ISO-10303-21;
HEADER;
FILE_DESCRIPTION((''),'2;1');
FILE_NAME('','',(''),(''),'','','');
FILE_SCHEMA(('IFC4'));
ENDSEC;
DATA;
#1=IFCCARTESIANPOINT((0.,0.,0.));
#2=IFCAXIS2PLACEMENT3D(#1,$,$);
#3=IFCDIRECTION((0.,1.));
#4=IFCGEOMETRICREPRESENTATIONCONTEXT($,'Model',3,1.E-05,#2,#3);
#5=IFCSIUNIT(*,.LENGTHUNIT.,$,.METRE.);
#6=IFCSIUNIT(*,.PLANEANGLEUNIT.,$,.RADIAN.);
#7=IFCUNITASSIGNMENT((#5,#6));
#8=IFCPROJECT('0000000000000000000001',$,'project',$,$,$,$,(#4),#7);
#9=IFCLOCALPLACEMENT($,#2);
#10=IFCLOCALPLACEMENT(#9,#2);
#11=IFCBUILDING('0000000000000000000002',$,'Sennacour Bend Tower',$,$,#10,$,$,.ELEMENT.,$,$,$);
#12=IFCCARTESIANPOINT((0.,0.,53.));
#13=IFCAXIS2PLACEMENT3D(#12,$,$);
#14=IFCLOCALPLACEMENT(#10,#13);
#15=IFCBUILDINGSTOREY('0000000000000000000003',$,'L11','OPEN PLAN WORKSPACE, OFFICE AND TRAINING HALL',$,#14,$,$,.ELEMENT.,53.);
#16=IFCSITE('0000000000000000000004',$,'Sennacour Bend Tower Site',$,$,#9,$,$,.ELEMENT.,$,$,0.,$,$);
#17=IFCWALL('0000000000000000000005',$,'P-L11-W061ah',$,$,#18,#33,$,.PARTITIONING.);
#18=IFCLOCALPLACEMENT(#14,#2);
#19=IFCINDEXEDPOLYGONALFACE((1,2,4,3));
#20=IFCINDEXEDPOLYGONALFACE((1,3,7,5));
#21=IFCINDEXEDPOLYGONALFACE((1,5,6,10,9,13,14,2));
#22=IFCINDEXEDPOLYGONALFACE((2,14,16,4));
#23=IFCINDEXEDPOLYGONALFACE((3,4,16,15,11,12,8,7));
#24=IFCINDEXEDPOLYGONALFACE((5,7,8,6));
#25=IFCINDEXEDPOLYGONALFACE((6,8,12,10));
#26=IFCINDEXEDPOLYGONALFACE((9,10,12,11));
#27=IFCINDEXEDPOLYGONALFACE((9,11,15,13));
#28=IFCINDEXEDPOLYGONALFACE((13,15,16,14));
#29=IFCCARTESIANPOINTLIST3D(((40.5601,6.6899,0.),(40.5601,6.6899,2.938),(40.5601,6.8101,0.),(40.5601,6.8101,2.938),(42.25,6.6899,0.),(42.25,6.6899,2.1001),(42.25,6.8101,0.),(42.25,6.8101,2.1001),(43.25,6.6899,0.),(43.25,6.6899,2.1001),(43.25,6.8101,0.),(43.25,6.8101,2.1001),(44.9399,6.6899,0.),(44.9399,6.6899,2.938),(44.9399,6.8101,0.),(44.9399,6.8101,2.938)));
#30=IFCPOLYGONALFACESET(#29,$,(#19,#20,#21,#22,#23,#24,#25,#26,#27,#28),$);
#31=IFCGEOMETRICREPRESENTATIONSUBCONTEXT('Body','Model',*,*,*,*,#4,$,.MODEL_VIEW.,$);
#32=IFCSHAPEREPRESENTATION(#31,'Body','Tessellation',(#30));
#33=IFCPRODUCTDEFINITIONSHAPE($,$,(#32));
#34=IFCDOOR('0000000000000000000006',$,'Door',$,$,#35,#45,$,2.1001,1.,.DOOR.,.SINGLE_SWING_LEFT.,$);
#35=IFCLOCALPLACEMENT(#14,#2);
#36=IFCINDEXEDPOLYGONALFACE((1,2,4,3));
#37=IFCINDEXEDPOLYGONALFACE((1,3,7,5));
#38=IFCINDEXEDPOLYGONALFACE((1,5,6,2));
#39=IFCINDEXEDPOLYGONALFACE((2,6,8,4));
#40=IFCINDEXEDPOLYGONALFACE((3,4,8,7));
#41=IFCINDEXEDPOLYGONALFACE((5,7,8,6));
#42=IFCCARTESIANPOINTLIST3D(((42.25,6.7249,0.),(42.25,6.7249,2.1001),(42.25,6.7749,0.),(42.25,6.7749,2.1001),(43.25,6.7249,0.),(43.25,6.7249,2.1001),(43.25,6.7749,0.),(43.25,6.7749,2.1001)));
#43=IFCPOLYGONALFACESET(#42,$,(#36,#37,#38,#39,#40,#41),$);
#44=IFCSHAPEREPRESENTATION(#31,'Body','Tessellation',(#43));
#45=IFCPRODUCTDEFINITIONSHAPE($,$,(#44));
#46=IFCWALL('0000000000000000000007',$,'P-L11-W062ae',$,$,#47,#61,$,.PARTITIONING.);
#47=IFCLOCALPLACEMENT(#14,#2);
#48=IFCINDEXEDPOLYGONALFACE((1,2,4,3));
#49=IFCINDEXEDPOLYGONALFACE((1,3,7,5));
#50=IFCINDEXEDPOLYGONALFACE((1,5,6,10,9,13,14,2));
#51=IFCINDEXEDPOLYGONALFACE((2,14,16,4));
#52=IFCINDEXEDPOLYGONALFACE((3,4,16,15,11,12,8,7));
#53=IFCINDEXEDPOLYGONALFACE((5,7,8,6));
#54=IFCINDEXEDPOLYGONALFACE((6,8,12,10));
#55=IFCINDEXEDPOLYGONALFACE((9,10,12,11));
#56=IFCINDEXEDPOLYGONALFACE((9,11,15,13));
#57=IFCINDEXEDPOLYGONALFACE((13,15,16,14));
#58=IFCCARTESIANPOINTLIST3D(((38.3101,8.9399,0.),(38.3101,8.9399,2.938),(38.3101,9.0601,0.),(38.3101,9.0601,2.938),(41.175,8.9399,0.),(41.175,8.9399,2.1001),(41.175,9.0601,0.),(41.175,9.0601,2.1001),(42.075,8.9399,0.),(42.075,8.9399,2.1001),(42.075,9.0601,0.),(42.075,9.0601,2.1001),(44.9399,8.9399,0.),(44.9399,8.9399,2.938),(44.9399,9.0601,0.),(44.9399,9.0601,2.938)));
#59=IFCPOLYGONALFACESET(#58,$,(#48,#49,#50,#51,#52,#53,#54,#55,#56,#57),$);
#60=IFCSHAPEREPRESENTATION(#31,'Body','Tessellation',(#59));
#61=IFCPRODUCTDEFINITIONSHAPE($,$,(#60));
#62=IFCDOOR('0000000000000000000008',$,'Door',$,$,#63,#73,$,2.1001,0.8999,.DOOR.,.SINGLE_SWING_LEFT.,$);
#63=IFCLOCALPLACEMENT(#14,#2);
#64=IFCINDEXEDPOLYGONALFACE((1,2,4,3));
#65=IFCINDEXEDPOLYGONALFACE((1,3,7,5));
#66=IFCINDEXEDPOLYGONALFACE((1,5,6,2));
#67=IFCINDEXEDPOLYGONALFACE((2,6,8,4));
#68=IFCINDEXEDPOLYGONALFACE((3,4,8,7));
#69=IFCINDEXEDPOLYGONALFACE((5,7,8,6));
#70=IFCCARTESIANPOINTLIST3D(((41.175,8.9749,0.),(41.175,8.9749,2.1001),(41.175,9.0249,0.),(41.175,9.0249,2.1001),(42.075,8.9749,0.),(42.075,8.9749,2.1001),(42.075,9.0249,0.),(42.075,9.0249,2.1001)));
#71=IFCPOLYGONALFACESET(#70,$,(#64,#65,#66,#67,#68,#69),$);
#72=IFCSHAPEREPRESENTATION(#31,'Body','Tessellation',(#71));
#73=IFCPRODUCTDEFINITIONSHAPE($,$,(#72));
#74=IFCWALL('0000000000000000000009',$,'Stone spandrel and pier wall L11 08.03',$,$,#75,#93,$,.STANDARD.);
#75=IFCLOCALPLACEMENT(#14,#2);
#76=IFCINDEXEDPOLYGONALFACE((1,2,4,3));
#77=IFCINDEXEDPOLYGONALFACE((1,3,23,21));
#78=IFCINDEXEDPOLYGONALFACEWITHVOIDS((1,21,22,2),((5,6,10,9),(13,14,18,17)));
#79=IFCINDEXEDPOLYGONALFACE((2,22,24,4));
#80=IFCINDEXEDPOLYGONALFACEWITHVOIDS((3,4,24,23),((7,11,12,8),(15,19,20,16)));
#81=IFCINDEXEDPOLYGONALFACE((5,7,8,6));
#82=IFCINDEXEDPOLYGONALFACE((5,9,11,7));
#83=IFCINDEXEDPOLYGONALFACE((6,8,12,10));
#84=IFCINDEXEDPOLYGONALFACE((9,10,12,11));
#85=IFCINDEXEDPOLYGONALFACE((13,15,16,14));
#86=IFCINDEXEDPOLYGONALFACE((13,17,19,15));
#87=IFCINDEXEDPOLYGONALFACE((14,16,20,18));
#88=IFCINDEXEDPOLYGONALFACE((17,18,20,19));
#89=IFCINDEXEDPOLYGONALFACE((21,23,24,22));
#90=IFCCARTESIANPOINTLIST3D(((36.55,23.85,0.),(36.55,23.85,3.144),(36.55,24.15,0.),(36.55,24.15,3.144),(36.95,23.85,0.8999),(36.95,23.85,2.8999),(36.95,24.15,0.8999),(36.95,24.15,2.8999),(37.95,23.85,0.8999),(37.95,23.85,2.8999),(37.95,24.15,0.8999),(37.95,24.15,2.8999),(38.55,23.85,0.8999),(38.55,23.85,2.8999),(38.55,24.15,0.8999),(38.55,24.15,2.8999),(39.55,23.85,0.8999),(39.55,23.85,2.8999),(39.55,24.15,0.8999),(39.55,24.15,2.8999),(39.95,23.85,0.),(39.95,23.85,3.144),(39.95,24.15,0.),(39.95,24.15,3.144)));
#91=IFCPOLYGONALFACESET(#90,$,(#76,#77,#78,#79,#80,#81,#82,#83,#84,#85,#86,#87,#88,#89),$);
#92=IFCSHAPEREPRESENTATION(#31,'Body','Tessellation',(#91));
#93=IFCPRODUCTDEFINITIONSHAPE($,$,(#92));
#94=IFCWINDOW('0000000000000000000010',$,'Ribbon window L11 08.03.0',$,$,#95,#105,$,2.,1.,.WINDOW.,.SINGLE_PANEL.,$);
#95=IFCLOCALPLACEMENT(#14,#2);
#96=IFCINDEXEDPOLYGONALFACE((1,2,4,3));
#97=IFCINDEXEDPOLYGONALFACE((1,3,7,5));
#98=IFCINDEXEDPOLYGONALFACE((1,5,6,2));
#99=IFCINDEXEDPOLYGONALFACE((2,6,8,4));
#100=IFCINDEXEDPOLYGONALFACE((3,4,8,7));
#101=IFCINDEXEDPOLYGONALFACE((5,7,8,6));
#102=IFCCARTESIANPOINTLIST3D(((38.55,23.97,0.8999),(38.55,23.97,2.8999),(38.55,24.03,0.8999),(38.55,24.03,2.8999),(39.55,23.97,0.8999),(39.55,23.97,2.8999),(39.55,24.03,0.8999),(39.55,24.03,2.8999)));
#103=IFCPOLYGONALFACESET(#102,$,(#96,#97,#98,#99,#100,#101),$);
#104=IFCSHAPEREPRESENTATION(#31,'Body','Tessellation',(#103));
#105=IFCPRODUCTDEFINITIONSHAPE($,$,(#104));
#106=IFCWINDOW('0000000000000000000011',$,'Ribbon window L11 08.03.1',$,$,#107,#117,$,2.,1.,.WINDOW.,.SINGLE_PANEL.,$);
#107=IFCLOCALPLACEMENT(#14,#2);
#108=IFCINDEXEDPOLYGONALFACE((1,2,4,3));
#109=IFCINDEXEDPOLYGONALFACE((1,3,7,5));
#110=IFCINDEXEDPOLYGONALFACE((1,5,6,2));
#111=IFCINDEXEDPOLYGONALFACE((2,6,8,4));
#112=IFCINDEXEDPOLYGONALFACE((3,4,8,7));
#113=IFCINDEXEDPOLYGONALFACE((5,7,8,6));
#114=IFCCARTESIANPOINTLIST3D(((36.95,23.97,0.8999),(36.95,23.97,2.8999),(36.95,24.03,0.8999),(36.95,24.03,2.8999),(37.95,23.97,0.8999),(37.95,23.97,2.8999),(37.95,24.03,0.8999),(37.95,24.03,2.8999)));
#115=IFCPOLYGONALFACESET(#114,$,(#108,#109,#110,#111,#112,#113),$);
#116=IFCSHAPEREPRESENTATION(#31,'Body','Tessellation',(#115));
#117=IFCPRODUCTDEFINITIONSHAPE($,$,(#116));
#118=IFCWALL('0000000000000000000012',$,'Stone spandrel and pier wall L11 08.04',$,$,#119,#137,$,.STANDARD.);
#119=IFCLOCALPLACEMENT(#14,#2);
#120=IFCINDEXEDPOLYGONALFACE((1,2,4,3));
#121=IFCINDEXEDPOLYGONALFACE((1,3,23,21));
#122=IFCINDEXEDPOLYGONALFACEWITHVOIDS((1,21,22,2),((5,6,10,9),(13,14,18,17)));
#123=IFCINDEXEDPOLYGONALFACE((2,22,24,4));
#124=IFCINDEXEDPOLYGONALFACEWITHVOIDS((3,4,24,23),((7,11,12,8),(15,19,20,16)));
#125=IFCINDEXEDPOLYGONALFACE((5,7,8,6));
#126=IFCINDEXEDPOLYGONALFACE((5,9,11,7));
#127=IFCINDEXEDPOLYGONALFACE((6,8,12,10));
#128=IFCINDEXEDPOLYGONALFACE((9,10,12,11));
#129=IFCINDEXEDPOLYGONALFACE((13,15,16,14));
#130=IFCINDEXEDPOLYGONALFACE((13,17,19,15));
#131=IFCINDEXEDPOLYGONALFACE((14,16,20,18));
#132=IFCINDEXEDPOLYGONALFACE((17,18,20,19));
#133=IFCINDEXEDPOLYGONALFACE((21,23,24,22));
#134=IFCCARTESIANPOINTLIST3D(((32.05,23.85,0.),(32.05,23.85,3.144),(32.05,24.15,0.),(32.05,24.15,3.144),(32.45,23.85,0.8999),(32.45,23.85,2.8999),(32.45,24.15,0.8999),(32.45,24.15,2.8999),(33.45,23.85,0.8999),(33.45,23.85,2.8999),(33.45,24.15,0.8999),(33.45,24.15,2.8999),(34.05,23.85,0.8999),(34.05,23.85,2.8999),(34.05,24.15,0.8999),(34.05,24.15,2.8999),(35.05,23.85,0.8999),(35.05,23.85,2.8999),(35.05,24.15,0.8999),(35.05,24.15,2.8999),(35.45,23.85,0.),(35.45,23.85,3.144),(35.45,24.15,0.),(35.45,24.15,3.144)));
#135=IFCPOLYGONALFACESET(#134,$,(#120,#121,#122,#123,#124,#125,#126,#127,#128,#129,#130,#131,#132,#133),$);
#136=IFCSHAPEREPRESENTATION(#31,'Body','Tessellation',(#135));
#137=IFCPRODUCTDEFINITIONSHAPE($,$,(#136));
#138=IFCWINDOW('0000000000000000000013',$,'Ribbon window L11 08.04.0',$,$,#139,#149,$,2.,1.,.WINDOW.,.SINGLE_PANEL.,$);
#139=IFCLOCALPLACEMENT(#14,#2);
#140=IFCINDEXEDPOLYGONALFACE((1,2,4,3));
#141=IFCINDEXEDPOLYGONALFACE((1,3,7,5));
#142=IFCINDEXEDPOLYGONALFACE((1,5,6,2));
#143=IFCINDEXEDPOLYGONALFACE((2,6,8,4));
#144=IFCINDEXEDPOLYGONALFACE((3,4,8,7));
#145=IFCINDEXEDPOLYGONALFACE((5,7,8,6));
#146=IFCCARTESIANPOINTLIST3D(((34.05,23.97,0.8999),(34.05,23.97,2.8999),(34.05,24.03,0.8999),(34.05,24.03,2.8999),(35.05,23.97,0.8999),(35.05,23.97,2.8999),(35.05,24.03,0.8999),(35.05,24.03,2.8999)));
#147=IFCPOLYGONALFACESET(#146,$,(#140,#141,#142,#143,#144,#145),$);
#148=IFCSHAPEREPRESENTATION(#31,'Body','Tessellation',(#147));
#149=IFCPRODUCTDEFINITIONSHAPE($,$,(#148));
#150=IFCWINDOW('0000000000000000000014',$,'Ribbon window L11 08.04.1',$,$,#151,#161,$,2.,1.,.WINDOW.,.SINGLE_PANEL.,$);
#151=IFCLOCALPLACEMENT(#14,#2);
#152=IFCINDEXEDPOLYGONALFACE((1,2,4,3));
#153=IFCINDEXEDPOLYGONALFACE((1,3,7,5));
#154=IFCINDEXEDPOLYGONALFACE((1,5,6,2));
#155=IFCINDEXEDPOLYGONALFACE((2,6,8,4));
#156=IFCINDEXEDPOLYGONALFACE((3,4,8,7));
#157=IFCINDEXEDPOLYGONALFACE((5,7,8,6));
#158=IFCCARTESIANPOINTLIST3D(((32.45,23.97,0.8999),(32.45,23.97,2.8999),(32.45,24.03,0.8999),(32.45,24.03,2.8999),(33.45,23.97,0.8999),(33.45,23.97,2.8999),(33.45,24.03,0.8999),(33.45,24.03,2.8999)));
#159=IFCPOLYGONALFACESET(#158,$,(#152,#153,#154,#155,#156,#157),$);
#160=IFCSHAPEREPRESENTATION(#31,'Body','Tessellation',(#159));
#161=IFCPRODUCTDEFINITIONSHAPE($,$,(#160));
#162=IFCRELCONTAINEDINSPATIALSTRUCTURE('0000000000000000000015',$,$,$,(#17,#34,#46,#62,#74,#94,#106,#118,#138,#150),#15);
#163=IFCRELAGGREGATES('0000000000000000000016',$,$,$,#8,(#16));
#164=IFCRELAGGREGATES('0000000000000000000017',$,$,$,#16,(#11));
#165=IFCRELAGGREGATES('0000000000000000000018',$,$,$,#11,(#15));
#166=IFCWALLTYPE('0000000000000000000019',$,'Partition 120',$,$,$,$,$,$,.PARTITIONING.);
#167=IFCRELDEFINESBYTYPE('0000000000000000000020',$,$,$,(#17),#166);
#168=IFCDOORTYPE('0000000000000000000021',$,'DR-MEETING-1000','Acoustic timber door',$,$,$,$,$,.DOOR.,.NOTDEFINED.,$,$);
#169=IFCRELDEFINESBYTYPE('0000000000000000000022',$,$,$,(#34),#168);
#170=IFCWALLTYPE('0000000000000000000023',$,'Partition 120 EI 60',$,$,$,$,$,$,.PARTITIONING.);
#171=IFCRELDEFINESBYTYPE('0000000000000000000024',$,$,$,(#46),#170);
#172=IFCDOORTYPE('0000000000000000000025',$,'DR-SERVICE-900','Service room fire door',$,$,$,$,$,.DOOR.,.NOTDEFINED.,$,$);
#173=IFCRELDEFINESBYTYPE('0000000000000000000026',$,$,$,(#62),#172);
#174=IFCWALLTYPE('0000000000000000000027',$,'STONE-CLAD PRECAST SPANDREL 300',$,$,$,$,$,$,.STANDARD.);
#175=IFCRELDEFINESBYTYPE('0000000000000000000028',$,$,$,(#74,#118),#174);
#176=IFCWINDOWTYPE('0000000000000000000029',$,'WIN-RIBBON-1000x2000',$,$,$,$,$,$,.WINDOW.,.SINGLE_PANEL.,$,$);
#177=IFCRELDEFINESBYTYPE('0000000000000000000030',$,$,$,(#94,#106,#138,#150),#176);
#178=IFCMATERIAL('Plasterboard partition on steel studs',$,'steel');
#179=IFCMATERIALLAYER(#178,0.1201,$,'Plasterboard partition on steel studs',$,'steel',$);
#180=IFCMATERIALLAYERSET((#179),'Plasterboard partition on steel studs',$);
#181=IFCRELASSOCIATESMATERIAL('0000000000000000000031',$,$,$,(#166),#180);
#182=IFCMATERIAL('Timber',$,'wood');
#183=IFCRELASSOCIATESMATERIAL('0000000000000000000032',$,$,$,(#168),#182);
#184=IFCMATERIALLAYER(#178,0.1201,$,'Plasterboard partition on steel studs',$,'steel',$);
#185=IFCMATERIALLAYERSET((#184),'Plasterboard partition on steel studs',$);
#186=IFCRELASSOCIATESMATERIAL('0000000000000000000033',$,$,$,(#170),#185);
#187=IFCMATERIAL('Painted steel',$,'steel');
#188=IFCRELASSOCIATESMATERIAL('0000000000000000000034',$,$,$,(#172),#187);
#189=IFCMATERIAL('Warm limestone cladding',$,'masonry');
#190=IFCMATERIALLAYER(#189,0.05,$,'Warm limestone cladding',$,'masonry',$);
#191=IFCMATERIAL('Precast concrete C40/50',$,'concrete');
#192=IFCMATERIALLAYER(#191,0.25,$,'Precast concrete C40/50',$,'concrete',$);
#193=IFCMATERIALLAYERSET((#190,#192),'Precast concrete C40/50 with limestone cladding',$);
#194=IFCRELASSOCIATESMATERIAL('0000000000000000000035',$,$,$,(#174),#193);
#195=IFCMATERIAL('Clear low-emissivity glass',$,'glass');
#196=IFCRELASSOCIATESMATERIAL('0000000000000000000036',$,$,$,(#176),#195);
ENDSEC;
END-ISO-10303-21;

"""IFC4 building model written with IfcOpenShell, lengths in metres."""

from ifc_helpers import new_model, si_unit, direction, frame, frame_2d, origin, place, context, subcontext, project, spatial, rectangle, extrude, material, layer, layer_set, type_object, element, fill, save


model = new_model("IFC4")

# Units and contexts
model_context = context("Model", 3, precision=1e-05, world=origin(), true_north=direction((0.0, 1.0)))
body_context = subcontext(model_context, "Body", "Model", "MODEL_VIEW")
ifc_project = project(units=[si_unit("LENGTHUNIT", "METRE"), si_unit("PLANEANGLEUNIT", "RADIAN")], contexts=[model_context])

# Site, building, storey
site_placement = place(None, origin())
site = spatial("IfcSite", under=ifc_project, at=site_placement, Name="Sennacour Bend Tower Site", CompositionType="ELEMENT", RefElevation=0.0)
building_placement = place(site_placement, origin())
building = spatial("IfcBuilding", under=site, at=building_placement, Name="Sennacour Bend Tower", CompositionType="ELEMENT")
storey_placement = place(building_placement, frame((0.0, 0.0, 53.0)))
storey = spatial("IfcBuildingStorey", under=building, at=storey_placement, Name="L11", Description="OPEN PLAN WORKSPACE, OFFICE AND TRAINING HALL", CompositionType="ELEMENT", Elevation=53.0)

# Shared definitions
ifc_material_1 = material(Name="Plasterboard partition on steel studs", Category="steel")
ifc_layer_1 = layer(ifc_material_1, 0.1201, Name="Plasterboard partition on steel studs", Category="steel")
ifc_layer_set_1 = layer_set([ifc_layer_1], Name="Plasterboard partition on steel studs")
wall_type_1 = type_object("IfcWallType", Name="Partition 120", PredefinedType="PARTITIONING", material=ifc_layer_set_1)

# Walls, openings, doors
ifc_material_2 = material(Name="Timber", Category="wood")
wall_1_placement = place(storey_placement, frame((40.5601, 6.75, 0.0), z_axis=(0.0, 0.0, 1.0), x_axis=(1.0, 0.0, 0.0)))
wall_1 = element("IfcWall", 1, at=wall_1_placement, inside=storey, type_object=wall_type_1, Name="P-L11-W061ah", PredefinedType="PARTITIONING", context=body_context, shape_type="SweptSolid", body=[
    extrude(rectangle(XDim=4.3799, YDim=0.1201, at=frame_2d((2.1899, 0.0))), origin(), (0.0, 0.0, 1.0), 2.938),
])
opening_1_placement = place(wall_1_placement, frame((1.6899, 0.0, 0.0)))
opening_1 = element("IfcOpeningElement", 2, at=opening_1_placement, cuts=wall_1, PredefinedType="OPENING", context=body_context, shape_type="SweptSolid", body=[
    extrude(rectangle(XDim=1.0, YDim=2.1001, at=frame_2d((0.5, 1.05))), frame((0.0, 0.0701, 0.0), z_axis=(0.0, -1.0, 0.0), x_axis=(1.0, 0.0, 0.0)), (0.0, 0.0, 1.0), 0.1401),
])
door_type_1 = type_object("IfcDoorType", Name="DR-MEETING-1000", Description="Acoustic timber door", OperationType="NOTDEFINED", PredefinedType="DOOR", material=ifc_material_2)
door_1_placement = place(opening_1_placement, origin())
door_1 = element("IfcDoor", 3, at=door_1_placement, inside=storey, type_object=door_type_1, Name="Door", OperationType="SINGLE_SWING_LEFT", OverallHeight=2.1001, OverallWidth=1.0, PredefinedType="DOOR", context=body_context, shape_type="SweptSolid", body=[
    extrude(rectangle(XDim=1.0, YDim=2.1001, at=frame_2d((0.5, 1.05))), frame((0.0, 0.0249, 0.0), z_axis=(0.0, -1.0, 0.0), x_axis=(1.0, 0.0, 0.0)), (0.0, 0.0, 1.0), 0.05),
])
fill(opening_1, door_1)
ifc_layer_2 = layer(ifc_material_1, 0.1201, Name="Plasterboard partition on steel studs", Category="steel")
ifc_layer_set_2 = layer_set([ifc_layer_2], Name="Plasterboard partition on steel studs")
wall_type_2 = type_object("IfcWallType", Name="Partition 120 EI 60", PredefinedType="PARTITIONING", material=ifc_layer_set_2)
wall_2_placement = place(storey_placement, frame((38.3101, 9.0, 0.0), z_axis=(0.0, 0.0, 1.0), x_axis=(1.0, 0.0, 0.0)))
wall_2 = element("IfcWall", 4, at=wall_2_placement, inside=storey, type_object=wall_type_2, Name="P-L11-W062ae", PredefinedType="PARTITIONING", context=body_context, shape_type="SweptSolid", body=[
    extrude(rectangle(XDim=6.6299, YDim=0.1201, at=frame_2d((3.3149, 0.0))), origin(), (0.0, 0.0, 1.0), 2.938),
])
opening_2_placement = place(wall_2_placement, frame((2.865, 0.0, 0.0)))
opening_2 = element("IfcOpeningElement", 5, at=opening_2_placement, cuts=wall_2, PredefinedType="OPENING", context=body_context, shape_type="SweptSolid", body=[
    extrude(rectangle(XDim=0.8999, YDim=2.1001, at=frame_2d((0.45, 1.05))), frame((0.0, 0.0701, 0.0), z_axis=(0.0, -1.0, 0.0), x_axis=(1.0, 0.0, 0.0)), (0.0, 0.0, 1.0), 0.1401),
])
ifc_material_3 = material(Name="Painted steel", Category="steel")
door_type_2 = type_object("IfcDoorType", Name="DR-SERVICE-900", Description="Service room fire door", OperationType="NOTDEFINED", PredefinedType="DOOR", material=ifc_material_3)
door_2_placement = place(opening_2_placement, origin())
door_2 = element("IfcDoor", 6, at=door_2_placement, inside=storey, type_object=door_type_2, Name="Door", OperationType="SINGLE_SWING_LEFT", OverallHeight=2.1001, OverallWidth=0.8999, PredefinedType="DOOR", context=body_context, shape_type="SweptSolid", body=[
    extrude(rectangle(XDim=0.8999, YDim=2.1001, at=frame_2d((0.45, 1.05))), frame((0.0, 0.0249, 0.0), z_axis=(0.0, -1.0, 0.0), x_axis=(1.0, 0.0, 0.0)), (0.0, 0.0, 1.0), 0.05),
])
fill(opening_2, door_2)

# Walls, openings, windows
ifc_material_4 = material(Name="Warm limestone cladding", Category="masonry")
ifc_layer_3 = layer(ifc_material_4, 0.05, Name="Warm limestone cladding", Category="masonry")
ifc_material_5 = material(Name="Precast concrete C40/50", Category="concrete")
ifc_layer_4 = layer(ifc_material_5, 0.25, Name="Precast concrete C40/50", Category="concrete")
ifc_layer_set_3 = layer_set([ifc_layer_3, ifc_layer_4], Name="Precast concrete C40/50 with limestone cladding")
wall_type_3 = type_object("IfcWallType", Name="STONE-CLAD PRECAST SPANDREL 300", PredefinedType="STANDARD", material=ifc_layer_set_3)
wall_3_placement = place(storey_placement, frame((39.95, 24.0, 0.0), z_axis=(0.0, 0.0, 1.0), x_axis=(-1.0, 0.0, 0.0)))
wall_3 = element("IfcWall", 7, at=wall_3_placement, inside=storey, type_object=wall_type_3, Name="Stone spandrel and pier wall L11 08.03", PredefinedType="STANDARD", context=body_context, shape_type="SweptSolid", body=[
    extrude(rectangle(XDim=3.3999, YDim=0.3, at=frame_2d((1.7, 0.0))), origin(), (0.0, 0.0, 1.0), 3.144),
])
opening_3_placement = place(wall_3_placement, frame((0.3999, 0.0, 0.8999)))
opening_3 = element("IfcOpeningElement", 8, at=opening_3_placement, cuts=wall_3, PredefinedType="OPENING", context=body_context, shape_type="SweptSolid", body=[
    extrude(rectangle(XDim=1.0, YDim=2.0, at=frame_2d((0.5, 1.0))), frame((0.0, 0.1602, 0.0), z_axis=(0.0, -1.0, 0.0), x_axis=(1.0, 0.0, 0.0)), (0.0, 0.0, 1.0), 0.3201),
])
opening_4_placement = place(wall_3_placement, frame((2.0, 0.0, 0.8999)))
opening_4 = element("IfcOpeningElement", 9, at=opening_4_placement, cuts=wall_3, PredefinedType="OPENING", context=body_context, shape_type="SweptSolid", body=[
    extrude(rectangle(XDim=1.0, YDim=2.0, at=frame_2d((0.5, 1.0))), frame((0.0, 0.1602, 0.0), z_axis=(0.0, -1.0, 0.0), x_axis=(1.0, 0.0, 0.0)), (0.0, 0.0, 1.0), 0.3201),
])
ifc_material_6 = material(Name="Clear low-emissivity glass", Category="glass")
window_type = type_object("IfcWindowType", Name="WIN-RIBBON-1000x2000", PartitioningType="SINGLE_PANEL", PredefinedType="WINDOW", material=ifc_material_6)
window_1_placement = place(opening_3_placement, origin())
window_1 = element("IfcWindow", 10, at=window_1_placement, inside=storey, type_object=window_type, Name="Ribbon window L11 08.03.0", OverallHeight=2.0, OverallWidth=1.0, PartitioningType="SINGLE_PANEL", PredefinedType="WINDOW", context=body_context, shape_type="SweptSolid", body=[
    extrude(rectangle(XDim=1.0, YDim=2.0, at=frame_2d((0.5, 1.0))), frame((0.0, 0.03, 0.0), z_axis=(0.0, -1.0, 0.0), x_axis=(1.0, 0.0, 0.0)), (0.0, 0.0, 1.0), 0.0601),
])
fill(opening_3, window_1)
window_2_placement = place(opening_4_placement, origin())
window_2 = element("IfcWindow", 11, at=window_2_placement, inside=storey, type_object=window_type, Name="Ribbon window L11 08.03.1", OverallHeight=2.0, OverallWidth=1.0, PartitioningType="SINGLE_PANEL", PredefinedType="WINDOW", context=body_context, shape_type="SweptSolid", body=[
    extrude(rectangle(XDim=1.0, YDim=2.0, at=frame_2d((0.5, 1.0))), frame((0.0, 0.03, 0.0), z_axis=(0.0, -1.0, 0.0), x_axis=(1.0, 0.0, 0.0)), (0.0, 0.0, 1.0), 0.0601),
])
fill(opening_4, window_2)
wall_4_placement = place(storey_placement, frame((35.45, 24.0, 0.0), z_axis=(0.0, 0.0, 1.0), x_axis=(-1.0, 0.0, 0.0)))
wall_4 = element("IfcWall", 12, at=wall_4_placement, inside=storey, type_object=wall_type_3, Name="Stone spandrel and pier wall L11 08.04", PredefinedType="STANDARD", context=body_context, shape_type="SweptSolid", body=[
    extrude(rectangle(XDim=3.3999, YDim=0.3, at=frame_2d((1.7, 0.0))), origin(), (0.0, 0.0, 1.0), 3.144),
])
opening_5_placement = place(wall_4_placement, frame((0.3999, 0.0, 0.8999)))
opening_5 = element("IfcOpeningElement", 13, at=opening_5_placement, cuts=wall_4, PredefinedType="OPENING", context=body_context, shape_type="SweptSolid", body=[
    extrude(rectangle(XDim=1.0, YDim=2.0, at=frame_2d((0.5, 1.0))), frame((0.0, 0.1602, 0.0), z_axis=(0.0, -1.0, 0.0), x_axis=(1.0, 0.0, 0.0)), (0.0, 0.0, 1.0), 0.3201),
])
opening_6_placement = place(wall_4_placement, frame((2.0, 0.0, 0.8999)))
opening_6 = element("IfcOpeningElement", 14, at=opening_6_placement, cuts=wall_4, PredefinedType="OPENING", context=body_context, shape_type="SweptSolid", body=[
    extrude(rectangle(XDim=1.0, YDim=2.0, at=frame_2d((0.5, 1.0))), frame((0.0, 0.1602, 0.0), z_axis=(0.0, -1.0, 0.0), x_axis=(1.0, 0.0, 0.0)), (0.0, 0.0, 1.0), 0.3201),
])
window_3_placement = place(opening_5_placement, origin())
window_3 = element("IfcWindow", 15, at=window_3_placement, inside=storey, type_object=window_type, Name="Ribbon window L11 08.04.0", OverallHeight=2.0, OverallWidth=1.0, PartitioningType="SINGLE_PANEL", PredefinedType="WINDOW", context=body_context, shape_type="SweptSolid", body=[
    extrude(rectangle(XDim=1.0, YDim=2.0, at=frame_2d((0.5, 1.0))), frame((0.0, 0.03, 0.0), z_axis=(0.0, -1.0, 0.0), x_axis=(1.0, 0.0, 0.0)), (0.0, 0.0, 1.0), 0.0601),
])
fill(opening_5, window_3)
window_4_placement = place(opening_6_placement, origin())
window_4 = element("IfcWindow", 16, at=window_4_placement, inside=storey, type_object=window_type, Name="Ribbon window L11 08.04.1", OverallHeight=2.0, OverallWidth=1.0, PartitioningType="SINGLE_PANEL", PredefinedType="WINDOW", context=body_context, shape_type="SweptSolid", body=[
    extrude(rectangle(XDim=1.0, YDim=2.0, at=frame_2d((0.5, 1.0))), frame((0.0, 0.03, 0.0), z_axis=(0.0, -1.0, 0.0), x_axis=(1.0, 0.0, 0.0)), (0.0, 0.0, 1.0), 0.0601),
])
fill(opening_6, window_4)

save(model, "model.ifc")
